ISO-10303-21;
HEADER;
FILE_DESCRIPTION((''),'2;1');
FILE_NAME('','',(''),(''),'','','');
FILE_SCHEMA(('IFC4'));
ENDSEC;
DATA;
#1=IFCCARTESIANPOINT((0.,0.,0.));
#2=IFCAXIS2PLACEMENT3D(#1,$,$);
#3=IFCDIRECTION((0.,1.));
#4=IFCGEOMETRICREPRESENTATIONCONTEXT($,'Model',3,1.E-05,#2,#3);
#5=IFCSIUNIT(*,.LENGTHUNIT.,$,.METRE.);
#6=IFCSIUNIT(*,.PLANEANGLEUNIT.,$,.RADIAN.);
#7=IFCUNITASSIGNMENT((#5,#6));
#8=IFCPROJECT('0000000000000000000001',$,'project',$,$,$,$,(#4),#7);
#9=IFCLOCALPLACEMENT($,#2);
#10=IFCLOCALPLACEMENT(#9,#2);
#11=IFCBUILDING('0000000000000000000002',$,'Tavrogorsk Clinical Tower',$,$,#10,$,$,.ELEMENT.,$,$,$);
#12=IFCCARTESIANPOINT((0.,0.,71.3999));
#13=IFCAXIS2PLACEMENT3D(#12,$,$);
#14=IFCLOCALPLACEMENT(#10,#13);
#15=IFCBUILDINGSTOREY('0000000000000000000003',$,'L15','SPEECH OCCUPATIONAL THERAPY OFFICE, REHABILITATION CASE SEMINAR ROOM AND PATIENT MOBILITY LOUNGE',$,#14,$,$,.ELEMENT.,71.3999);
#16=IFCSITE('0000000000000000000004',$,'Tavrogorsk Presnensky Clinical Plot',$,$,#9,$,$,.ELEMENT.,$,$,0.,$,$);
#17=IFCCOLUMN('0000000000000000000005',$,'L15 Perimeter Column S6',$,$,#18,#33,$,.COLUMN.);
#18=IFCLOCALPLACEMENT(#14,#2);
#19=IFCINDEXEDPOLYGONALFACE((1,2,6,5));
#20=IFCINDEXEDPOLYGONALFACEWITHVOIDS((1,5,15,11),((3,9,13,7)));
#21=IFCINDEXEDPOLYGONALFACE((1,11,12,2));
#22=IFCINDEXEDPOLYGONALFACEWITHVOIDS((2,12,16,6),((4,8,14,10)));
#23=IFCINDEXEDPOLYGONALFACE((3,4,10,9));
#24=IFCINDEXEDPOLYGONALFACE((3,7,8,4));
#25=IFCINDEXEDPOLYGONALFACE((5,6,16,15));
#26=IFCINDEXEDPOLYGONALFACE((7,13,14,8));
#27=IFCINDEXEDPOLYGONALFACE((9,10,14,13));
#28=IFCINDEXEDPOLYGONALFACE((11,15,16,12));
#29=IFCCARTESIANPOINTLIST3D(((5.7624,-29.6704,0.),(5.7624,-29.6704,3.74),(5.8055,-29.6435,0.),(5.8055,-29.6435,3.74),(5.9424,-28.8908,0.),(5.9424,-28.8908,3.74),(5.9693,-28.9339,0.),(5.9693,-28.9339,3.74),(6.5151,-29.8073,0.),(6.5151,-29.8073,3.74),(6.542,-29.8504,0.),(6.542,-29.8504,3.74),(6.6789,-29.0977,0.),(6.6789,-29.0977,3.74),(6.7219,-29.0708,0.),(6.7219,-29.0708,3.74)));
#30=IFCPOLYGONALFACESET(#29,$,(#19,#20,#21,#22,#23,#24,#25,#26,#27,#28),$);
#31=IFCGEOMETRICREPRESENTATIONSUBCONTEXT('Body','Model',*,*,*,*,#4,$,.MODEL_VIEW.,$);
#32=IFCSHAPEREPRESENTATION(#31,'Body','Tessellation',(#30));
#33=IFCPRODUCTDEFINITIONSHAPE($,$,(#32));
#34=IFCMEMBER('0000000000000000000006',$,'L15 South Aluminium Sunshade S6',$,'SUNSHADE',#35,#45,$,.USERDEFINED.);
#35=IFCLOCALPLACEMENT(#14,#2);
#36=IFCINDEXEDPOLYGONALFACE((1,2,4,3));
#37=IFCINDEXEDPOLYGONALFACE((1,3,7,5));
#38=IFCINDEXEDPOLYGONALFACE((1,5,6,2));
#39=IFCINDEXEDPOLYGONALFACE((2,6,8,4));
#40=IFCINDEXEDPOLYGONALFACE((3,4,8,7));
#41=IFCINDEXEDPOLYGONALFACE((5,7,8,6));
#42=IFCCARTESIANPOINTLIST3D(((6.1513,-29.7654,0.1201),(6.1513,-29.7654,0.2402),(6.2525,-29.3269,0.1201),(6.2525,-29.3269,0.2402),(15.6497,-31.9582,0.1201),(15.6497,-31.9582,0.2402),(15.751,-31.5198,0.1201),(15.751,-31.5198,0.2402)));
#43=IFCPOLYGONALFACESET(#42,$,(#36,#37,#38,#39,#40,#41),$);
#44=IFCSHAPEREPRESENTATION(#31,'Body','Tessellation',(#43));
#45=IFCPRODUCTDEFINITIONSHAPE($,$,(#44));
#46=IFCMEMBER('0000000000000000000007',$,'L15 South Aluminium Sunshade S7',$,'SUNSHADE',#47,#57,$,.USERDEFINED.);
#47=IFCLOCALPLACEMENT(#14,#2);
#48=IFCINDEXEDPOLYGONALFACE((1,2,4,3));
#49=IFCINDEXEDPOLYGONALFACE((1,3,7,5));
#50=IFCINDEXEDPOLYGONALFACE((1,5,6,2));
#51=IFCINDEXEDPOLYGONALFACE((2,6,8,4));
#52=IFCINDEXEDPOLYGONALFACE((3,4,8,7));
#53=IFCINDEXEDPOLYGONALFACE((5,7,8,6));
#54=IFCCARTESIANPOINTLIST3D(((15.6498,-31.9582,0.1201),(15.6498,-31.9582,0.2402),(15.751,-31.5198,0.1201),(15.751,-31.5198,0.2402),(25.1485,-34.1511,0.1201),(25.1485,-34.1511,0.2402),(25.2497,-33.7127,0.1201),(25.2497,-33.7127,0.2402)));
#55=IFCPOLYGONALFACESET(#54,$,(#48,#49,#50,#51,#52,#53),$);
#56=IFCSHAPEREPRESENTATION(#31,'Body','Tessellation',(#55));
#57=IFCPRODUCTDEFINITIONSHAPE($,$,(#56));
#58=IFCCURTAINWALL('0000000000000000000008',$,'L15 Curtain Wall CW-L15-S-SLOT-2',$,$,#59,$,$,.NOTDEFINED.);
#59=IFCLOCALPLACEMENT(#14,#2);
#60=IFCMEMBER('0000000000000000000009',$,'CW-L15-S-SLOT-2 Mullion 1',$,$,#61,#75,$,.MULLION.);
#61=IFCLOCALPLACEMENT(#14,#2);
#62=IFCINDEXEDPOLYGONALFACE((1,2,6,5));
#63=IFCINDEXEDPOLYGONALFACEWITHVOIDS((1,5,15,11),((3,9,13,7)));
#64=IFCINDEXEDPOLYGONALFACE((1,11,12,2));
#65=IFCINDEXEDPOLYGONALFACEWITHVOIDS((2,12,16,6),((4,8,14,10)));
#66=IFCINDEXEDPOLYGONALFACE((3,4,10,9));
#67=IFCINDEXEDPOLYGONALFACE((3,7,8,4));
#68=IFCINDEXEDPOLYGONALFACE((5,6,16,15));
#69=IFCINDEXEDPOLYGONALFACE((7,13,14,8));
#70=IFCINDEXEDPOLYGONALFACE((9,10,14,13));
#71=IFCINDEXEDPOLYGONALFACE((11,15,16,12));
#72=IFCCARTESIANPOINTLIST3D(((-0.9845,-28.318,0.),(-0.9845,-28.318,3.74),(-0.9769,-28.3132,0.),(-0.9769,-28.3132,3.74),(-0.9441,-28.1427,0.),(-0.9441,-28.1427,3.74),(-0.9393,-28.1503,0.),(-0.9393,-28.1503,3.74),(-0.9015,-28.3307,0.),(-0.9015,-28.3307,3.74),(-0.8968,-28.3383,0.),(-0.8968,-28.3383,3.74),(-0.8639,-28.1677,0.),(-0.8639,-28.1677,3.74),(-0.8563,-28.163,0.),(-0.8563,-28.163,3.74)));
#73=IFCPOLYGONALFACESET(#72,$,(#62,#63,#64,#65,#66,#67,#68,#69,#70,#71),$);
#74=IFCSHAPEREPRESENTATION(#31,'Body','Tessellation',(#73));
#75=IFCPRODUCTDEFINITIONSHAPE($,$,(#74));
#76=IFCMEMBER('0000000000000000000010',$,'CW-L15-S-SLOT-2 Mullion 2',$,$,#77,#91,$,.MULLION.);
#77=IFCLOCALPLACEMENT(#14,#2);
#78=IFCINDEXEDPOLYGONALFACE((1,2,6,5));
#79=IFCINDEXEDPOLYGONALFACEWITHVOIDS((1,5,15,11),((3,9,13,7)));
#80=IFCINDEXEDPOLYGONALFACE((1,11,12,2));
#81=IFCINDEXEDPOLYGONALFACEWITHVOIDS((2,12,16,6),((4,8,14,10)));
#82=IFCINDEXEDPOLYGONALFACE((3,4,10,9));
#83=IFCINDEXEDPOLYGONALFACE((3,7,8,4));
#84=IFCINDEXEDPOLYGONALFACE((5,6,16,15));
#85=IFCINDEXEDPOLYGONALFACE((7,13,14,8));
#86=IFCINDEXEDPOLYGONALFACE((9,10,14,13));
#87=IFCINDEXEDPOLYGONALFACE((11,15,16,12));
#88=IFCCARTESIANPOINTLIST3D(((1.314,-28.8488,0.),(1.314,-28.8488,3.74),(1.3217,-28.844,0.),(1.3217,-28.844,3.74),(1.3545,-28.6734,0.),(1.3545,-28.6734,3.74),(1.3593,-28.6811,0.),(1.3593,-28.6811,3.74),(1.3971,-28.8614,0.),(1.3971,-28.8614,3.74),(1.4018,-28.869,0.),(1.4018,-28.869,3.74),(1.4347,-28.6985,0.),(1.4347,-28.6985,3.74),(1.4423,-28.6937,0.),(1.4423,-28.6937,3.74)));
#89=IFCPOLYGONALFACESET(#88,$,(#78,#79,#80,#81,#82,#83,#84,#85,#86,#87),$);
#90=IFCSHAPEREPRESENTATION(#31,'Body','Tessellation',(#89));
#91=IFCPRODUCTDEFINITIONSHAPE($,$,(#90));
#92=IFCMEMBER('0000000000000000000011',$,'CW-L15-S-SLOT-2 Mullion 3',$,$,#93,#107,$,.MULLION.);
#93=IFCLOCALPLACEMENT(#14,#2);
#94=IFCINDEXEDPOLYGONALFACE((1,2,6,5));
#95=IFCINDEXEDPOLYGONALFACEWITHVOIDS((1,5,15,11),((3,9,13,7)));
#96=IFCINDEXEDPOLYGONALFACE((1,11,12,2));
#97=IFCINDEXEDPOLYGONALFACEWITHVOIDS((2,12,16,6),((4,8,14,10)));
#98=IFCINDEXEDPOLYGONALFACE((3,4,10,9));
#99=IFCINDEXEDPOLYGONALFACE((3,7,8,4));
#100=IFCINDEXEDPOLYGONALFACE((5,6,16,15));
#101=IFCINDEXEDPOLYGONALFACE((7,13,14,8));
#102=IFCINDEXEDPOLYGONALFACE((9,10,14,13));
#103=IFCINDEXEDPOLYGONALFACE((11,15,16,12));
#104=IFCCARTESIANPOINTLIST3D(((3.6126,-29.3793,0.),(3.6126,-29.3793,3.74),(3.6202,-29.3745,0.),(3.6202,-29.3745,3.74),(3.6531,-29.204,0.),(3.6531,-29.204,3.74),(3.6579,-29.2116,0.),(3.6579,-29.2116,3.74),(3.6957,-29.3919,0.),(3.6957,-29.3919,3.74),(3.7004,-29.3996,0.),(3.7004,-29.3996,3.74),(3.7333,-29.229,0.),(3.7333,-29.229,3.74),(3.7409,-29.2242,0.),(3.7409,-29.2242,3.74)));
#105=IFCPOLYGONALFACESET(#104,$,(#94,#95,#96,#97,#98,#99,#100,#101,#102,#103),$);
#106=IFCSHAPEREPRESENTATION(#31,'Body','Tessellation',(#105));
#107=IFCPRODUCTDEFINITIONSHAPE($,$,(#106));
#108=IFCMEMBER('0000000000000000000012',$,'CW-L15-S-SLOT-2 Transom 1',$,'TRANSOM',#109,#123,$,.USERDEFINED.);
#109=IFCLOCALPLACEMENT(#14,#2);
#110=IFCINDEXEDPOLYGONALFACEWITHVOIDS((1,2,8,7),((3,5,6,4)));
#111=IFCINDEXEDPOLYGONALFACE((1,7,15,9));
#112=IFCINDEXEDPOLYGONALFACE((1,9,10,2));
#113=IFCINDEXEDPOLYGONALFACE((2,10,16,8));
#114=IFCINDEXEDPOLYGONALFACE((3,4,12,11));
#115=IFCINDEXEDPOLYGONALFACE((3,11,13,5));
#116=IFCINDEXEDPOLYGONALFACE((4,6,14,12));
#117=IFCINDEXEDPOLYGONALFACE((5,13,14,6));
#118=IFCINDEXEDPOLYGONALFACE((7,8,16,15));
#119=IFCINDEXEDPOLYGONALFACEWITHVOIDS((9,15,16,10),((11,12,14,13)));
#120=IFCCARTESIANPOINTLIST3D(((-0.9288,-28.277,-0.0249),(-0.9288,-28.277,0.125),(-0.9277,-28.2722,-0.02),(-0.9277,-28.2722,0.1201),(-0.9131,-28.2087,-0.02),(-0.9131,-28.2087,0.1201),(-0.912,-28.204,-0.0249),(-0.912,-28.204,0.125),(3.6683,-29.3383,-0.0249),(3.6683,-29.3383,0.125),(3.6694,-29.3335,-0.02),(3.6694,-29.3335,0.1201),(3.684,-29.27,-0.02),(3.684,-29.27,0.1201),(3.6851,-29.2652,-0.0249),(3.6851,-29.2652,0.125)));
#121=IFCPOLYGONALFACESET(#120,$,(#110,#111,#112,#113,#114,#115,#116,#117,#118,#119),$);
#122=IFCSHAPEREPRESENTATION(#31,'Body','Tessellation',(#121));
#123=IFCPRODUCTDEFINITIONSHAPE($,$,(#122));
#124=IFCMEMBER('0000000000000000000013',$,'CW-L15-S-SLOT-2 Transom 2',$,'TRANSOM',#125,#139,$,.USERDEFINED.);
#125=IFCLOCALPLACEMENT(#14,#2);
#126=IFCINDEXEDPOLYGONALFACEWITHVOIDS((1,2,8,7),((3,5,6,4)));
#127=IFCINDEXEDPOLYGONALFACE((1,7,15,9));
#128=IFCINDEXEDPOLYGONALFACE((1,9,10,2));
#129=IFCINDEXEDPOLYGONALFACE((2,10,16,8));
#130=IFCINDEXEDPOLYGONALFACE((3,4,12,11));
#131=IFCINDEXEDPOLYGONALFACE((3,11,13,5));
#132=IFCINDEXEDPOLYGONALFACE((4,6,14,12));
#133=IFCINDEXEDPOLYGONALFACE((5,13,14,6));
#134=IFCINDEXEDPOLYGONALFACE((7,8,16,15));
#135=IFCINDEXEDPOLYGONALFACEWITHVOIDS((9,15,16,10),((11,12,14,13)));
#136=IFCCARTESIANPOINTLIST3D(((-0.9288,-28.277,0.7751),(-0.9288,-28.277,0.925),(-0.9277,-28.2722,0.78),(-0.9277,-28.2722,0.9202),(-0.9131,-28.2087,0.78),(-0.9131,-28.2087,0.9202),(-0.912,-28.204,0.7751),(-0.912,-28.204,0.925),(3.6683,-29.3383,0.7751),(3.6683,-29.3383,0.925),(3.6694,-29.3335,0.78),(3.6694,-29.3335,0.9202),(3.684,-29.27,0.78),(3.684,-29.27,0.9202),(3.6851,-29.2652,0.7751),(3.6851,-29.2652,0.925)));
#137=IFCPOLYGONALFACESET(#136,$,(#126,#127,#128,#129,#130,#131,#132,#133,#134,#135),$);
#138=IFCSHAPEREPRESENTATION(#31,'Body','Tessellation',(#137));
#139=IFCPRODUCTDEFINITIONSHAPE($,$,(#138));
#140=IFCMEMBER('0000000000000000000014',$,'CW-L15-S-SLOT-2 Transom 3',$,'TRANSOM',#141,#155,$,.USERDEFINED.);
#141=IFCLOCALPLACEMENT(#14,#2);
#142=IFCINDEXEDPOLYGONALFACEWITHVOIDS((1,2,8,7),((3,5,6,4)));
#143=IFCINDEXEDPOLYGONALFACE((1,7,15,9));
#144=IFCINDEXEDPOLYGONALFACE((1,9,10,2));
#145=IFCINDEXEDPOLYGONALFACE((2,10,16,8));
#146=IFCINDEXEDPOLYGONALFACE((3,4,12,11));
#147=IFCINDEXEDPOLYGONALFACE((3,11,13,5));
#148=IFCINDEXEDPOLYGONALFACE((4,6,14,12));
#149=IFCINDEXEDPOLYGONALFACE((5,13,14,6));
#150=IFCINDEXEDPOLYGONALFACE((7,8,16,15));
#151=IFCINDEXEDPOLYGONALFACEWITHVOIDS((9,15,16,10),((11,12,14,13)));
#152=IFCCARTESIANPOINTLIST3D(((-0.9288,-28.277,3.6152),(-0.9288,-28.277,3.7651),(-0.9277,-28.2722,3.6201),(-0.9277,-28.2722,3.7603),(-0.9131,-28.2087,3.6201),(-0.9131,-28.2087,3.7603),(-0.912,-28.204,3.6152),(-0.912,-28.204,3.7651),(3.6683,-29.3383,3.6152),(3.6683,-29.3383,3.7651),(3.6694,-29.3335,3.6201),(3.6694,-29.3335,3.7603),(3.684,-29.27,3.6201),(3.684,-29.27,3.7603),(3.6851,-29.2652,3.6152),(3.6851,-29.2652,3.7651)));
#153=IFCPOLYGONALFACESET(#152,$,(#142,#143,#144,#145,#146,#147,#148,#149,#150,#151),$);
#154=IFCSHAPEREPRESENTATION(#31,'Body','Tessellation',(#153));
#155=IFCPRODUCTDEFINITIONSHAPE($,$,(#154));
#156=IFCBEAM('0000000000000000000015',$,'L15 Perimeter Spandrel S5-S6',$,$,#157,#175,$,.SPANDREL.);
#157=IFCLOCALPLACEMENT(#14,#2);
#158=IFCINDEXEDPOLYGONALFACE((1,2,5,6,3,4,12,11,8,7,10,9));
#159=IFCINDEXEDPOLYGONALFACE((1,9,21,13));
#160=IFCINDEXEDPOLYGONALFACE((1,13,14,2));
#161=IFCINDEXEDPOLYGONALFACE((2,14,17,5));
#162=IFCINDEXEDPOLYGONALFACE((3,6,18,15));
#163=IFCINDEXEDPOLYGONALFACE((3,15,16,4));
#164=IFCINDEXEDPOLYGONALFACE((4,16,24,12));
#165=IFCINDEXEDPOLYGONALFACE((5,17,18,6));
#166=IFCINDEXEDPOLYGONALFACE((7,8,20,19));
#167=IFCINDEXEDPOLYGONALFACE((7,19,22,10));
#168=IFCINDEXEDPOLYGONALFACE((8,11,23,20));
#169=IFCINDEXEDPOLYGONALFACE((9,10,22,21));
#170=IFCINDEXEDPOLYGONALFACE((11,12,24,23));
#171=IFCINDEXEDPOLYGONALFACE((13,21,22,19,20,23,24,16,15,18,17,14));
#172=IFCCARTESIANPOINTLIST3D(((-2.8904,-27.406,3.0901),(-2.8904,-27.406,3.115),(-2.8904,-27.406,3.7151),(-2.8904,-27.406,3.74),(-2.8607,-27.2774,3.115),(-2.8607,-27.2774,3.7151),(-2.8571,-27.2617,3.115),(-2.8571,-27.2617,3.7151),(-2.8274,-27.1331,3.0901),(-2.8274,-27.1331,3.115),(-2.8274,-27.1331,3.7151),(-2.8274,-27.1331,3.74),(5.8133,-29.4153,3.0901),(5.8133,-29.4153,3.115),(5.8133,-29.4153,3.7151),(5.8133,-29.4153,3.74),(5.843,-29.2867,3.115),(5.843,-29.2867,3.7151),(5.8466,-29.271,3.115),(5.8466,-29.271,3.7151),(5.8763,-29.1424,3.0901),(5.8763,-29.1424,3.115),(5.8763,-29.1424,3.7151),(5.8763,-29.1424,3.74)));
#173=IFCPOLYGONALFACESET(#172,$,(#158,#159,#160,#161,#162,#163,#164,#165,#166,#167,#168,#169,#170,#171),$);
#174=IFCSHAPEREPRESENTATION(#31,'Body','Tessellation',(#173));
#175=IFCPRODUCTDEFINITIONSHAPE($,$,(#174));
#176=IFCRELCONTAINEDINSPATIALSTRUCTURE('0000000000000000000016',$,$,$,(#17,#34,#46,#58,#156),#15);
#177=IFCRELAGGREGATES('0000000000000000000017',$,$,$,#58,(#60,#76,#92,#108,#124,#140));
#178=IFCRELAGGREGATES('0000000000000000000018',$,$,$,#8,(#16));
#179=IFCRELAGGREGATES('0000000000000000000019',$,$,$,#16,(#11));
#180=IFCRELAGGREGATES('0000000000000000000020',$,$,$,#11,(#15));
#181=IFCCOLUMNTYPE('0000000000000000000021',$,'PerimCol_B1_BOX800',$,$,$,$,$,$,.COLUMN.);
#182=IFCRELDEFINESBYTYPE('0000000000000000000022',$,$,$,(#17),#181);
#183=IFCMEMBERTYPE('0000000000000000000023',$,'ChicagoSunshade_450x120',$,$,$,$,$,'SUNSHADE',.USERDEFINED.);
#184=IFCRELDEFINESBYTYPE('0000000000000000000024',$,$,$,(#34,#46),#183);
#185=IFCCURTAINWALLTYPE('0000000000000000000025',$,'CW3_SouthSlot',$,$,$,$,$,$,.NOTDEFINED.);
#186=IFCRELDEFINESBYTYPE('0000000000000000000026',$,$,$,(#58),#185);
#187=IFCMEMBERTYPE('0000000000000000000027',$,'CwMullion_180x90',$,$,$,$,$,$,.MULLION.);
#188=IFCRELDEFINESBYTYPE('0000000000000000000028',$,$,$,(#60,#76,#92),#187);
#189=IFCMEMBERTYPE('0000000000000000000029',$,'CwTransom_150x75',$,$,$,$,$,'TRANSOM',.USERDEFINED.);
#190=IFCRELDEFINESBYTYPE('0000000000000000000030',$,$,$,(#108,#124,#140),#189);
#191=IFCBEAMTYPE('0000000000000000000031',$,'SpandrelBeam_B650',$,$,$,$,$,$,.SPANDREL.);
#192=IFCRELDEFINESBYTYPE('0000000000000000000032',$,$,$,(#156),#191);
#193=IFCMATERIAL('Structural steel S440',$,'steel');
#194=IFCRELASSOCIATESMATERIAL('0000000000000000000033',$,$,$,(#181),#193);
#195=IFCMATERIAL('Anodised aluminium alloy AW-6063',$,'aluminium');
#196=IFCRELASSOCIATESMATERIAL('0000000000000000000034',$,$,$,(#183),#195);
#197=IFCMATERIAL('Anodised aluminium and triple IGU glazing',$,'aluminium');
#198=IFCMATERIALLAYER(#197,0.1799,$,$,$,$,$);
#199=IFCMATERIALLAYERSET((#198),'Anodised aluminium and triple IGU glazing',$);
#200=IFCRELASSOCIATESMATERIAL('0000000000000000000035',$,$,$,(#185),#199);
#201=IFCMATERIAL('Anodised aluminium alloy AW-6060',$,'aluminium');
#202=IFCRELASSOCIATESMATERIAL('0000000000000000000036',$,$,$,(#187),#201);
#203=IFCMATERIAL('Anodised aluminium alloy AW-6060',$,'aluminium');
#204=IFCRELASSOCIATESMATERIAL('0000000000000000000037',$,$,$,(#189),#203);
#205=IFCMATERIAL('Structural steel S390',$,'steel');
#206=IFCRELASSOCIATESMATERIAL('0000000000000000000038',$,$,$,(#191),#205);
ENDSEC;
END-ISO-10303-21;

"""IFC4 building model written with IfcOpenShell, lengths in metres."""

from ifc_helpers import new_model, si_unit, direction, frame, origin, origin_2d, place, context, subcontext, project, spatial, rectangle, hollow_rectangle, i_section, extrude, material, layer, layer_set, material_profile, profile_set, type_object, element, aggregate, save


model = new_model("IFC4")

# Units and contexts
model_context = context("Model", 3, precision=1e-05, world=origin(), true_north=direction((0.0, 1.0)))
body_context = subcontext(model_context, "Body", "Model", "MODEL_VIEW")
ifc_project = project(units=[si_unit("LENGTHUNIT", "METRE"), si_unit("PLANEANGLEUNIT", "RADIAN")], contexts=[model_context])

# Site, building, storey
site_placement = place(None, origin())
site = spatial("IfcSite", under=ifc_project, at=site_placement, Name="Tavrogorsk Presnensky Clinical Plot", CompositionType="ELEMENT", RefElevation=0.0)
building_placement = place(site_placement, origin())
building = spatial("IfcBuilding", under=site, at=building_placement, Name="Tavrogorsk Clinical Tower", CompositionType="ELEMENT")
storey_placement = place(building_placement, frame((0.0, 0.0, 71.3999)))
storey = spatial("IfcBuildingStorey", under=building, at=storey_placement, Name="L15", Description="SPEECH OCCUPATIONAL THERAPY OFFICE, REHABILITATION CASE SEMINAR ROOM AND PATIENT MOBILITY LOUNGE", CompositionType="ELEMENT", Elevation=71.3999)

# Column
ifc_material_1 = material(Name="Structural steel S440", Category="steel")
ifc_material_profile_1 = material_profile(ifc_material_1, hollow_rectangle(XDim=0.8, YDim=0.8, WallThickness=0.0359, at=origin_2d()), Name="BOX-800x800x36")
ifc_profile_set_1 = profile_set([ifc_material_profile_1], Name="Structural steel S440")
column_type = type_object("IfcColumnType", Name="PerimCol_B1_BOX800", PredefinedType="COLUMN", material=ifc_profile_set_1)
column_placement = place(storey_placement, frame((6.2422, -29.3706, 0.0), z_axis=(0.0, 0.0, 1.0), x_axis=(0.97437, -0.224951, 0.0)))
element("IfcColumn", 1, at=column_placement, inside=storey, type_object=column_type, Name="L15 Perimeter Column S6", PredefinedType="COLUMN", context=body_context, shape_type="SweptSolid", body=[
    extrude(hollow_rectangle(XDim=0.8, YDim=0.8, WallThickness=0.0359, at=origin_2d()), origin(), (0.0, 0.0, 1.0), 3.74),
])

# Members
ifc_material_2 = material(Name="Anodised aluminium alloy AW-6063", Category="aluminium")
ifc_material_profile_2 = material_profile(ifc_material_2, rectangle(XDim=0.45, YDim=0.1201, at=origin_2d()), Name="ALU-SUNSHADE-450x120")
ifc_profile_set_2 = profile_set([ifc_material_profile_2], Name="Anodised aluminium alloy AW-6063")
member_type_1 = type_object("IfcMemberType", Name="ChicagoSunshade_450x120", ElementType="SUNSHADE", PredefinedType="USERDEFINED", material=ifc_profile_set_2)
member_1_placement = place(storey_placement, frame((6.2019, -29.5461, 0.1802), z_axis=(0.974371, -0.224947, 0.0), x_axis=(0.224947, 0.974371, 0.0)))
element("IfcMember", 2, at=member_1_placement, inside=storey, type_object=member_type_1, Name="L15 South Aluminium Sunshade S6", ObjectType="SUNSHADE", PredefinedType="USERDEFINED", context=body_context, shape_type="SweptSolid", body=[
    extrude(rectangle(XDim=0.45, YDim=0.1201, at=origin_2d()), origin(), (0.0, 0.0, 1.0), 9.7483),
])
member_2_placement = place(storey_placement, frame((15.7004, -31.739, 0.1802), z_axis=(0.974372, -0.224942, 0.0), x_axis=(0.224942, 0.974372, 0.0)))
element("IfcMember", 3, at=member_2_placement, inside=storey, type_object=member_type_1, Name="L15 South Aluminium Sunshade S7", ObjectType="SUNSHADE", PredefinedType="USERDEFINED", context=body_context, shape_type="SweptSolid", body=[
    extrude(rectangle(XDim=0.45, YDim=0.1201, at=origin_2d()), origin(), (0.0, 0.0, 1.0), 9.7485),
])

# Curtain wall, members
ifc_material_3 = material(Name="Anodised aluminium and triple IGU glazing", Category="aluminium")
ifc_layer_1 = layer(ifc_material_3, 0.1799)
ifc_layer_set_1 = layer_set([ifc_layer_1], Name="Anodised aluminium and triple IGU glazing")
curtain_wall_type = type_object("IfcCurtainWallType", Name="CW3_SouthSlot", PredefinedType="NOTDEFINED", material=ifc_layer_set_1)
curtain_wall_placement = place(storey_placement, origin())
curtain_wall = element("IfcCurtainWall", 4, at=curtain_wall_placement, inside=storey, type_object=curtain_wall_type, Name="L15 Curtain Wall CW-L15-S-SLOT-2", PredefinedType="NOTDEFINED")
ifc_material_4 = material(Name="Anodised aluminium alloy AW-6060", Category="aluminium")
ifc_material_profile_3 = material_profile(ifc_material_4, hollow_rectangle(XDim=0.0901, YDim=0.1799, WallThickness=0.0063, at=origin_2d()), Name="RHS-180x90x6.3")
ifc_profile_set_3 = profile_set([ifc_material_profile_3], Name="Anodised aluminium alloy AW-6060")
member_type_2 = type_object("IfcMemberType", Name="CwMullion_180x90", PredefinedType="MULLION", material=ifc_profile_set_3)
member_3_placement = place(storey_placement, frame((-0.9204, -28.2405, 0.0), z_axis=(0.0, 0.0, 1.0), x_axis=(0.97437, -0.224951, 0.0)))
member_3 = element("IfcMember", 5, at=member_3_placement, type_object=member_type_2, Name="CW-L15-S-SLOT-2 Mullion 1", PredefinedType="MULLION", context=body_context, shape_type="SweptSolid", body=[
    extrude(hollow_rectangle(XDim=0.0901, YDim=0.1799, WallThickness=0.0063, at=origin_2d()), origin(), (0.0, 0.0, 1.0), 3.74),
])
member_4_placement = place(storey_placement, frame((1.3782, -28.7712, 0.0), z_axis=(0.0, 0.0, 1.0), x_axis=(0.97437, -0.224951, 0.0)))
member_4 = element("IfcMember", 6, at=member_4_placement, type_object=member_type_2, Name="CW-L15-S-SLOT-2 Mullion 2", PredefinedType="MULLION", context=body_context, shape_type="SweptSolid", body=[
    extrude(hollow_rectangle(XDim=0.0901, YDim=0.1799, WallThickness=0.0063, at=origin_2d()), origin(), (0.0, 0.0, 1.0), 3.74),
])
member_5_placement = place(storey_placement, frame((3.6768, -29.3018, 0.0), z_axis=(0.0, 0.0, 1.0), x_axis=(0.97437, -0.224951, 0.0)))
member_5 = element("IfcMember", 7, at=member_5_placement, type_object=member_type_2, Name="CW-L15-S-SLOT-2 Mullion 3", PredefinedType="MULLION", context=body_context, shape_type="SweptSolid", body=[
    extrude(hollow_rectangle(XDim=0.0901, YDim=0.1799, WallThickness=0.0063, at=origin_2d()), origin(), (0.0, 0.0, 1.0), 3.74),
])
ifc_material_5 = material(Name="Anodised aluminium alloy AW-6060", Category="aluminium")
ifc_material_profile_4 = material_profile(ifc_material_5, hollow_rectangle(XDim=0.075, YDim=0.1499, WallThickness=0.0049, at=origin_2d()), Name="RHS-150x75x5")
ifc_profile_set_4 = profile_set([ifc_material_profile_4], Name="Anodised aluminium alloy AW-6060")
member_type_3 = type_object("IfcMemberType", Name="CwTransom_150x75", ElementType="TRANSOM", PredefinedType="USERDEFINED", material=ifc_profile_set_4)
member_6_placement = place(storey_placement, frame((-0.9204, -28.2405, 0.05), z_axis=(0.974373, -0.224939, 0.0), x_axis=(0.224939, 0.974373, 0.0)))
member_6 = element("IfcMember", 8, at=member_6_placement, type_object=member_type_3, Name="CW-L15-S-SLOT-2 Transom 1", ObjectType="TRANSOM", PredefinedType="USERDEFINED", context=body_context, shape_type="SweptSolid", body=[
    extrude(hollow_rectangle(XDim=0.075, YDim=0.1499, WallThickness=0.0049, at=origin_2d()), origin(), (0.0, 0.0, 1.0), 4.718),
])
member_7_placement = place(storey_placement, frame((-0.9204, -28.2405, 0.8501), z_axis=(0.974373, -0.224939, 0.0), x_axis=(0.224939, 0.974373, 0.0)))
member_7 = element("IfcMember", 9, at=member_7_placement, type_object=member_type_3, Name="CW-L15-S-SLOT-2 Transom 2", ObjectType="TRANSOM", PredefinedType="USERDEFINED", context=body_context, shape_type="SweptSolid", body=[
    extrude(hollow_rectangle(XDim=0.075, YDim=0.1499, WallThickness=0.0049, at=origin_2d()), origin(), (0.0, 0.0, 1.0), 4.718),
])
member_8_placement = place(storey_placement, frame((-0.9204, -28.2405, 3.6902), z_axis=(0.974373, -0.224939, 0.0), x_axis=(0.224939, 0.974373, 0.0)))
member_8 = element("IfcMember", 10, at=member_8_placement, type_object=member_type_3, Name="CW-L15-S-SLOT-2 Transom 3", ObjectType="TRANSOM", PredefinedType="USERDEFINED", context=body_context, shape_type="SweptSolid", body=[
    extrude(hollow_rectangle(XDim=0.075, YDim=0.1499, WallThickness=0.0049, at=origin_2d()), origin(), (0.0, 0.0, 1.0), 4.718),
])

# Beam
ifc_material_6 = material(Name="Structural steel S390", Category="steel")
ifc_material_profile_5 = material_profile(ifc_material_6, i_section(OverallWidth=0.28, OverallDepth=0.6499, WebThickness=0.0161, FlangeThickness=0.0249, at=origin_2d()), Name="B-650x280x16x25")
ifc_profile_set_5 = profile_set([ifc_material_profile_5], Name="Structural steel S390")
beam_type = type_object("IfcBeamType", Name="SpandrelBeam_B650", PredefinedType="SPANDREL", material=ifc_profile_set_5)
for number, where, z_axis, x_axis, name in (
    (11, (-2.8589, -27.2695, 3.415), (0.974373, -0.224939, 0.0), (0.224939, 0.974373, 0.0), "L15 Perimeter Spandrel S5-S6"),
):
    element("IfcBeam", number, at=place(storey_placement, frame(where, z_axis=z_axis, x_axis=x_axis)), inside=storey, type_object=beam_type, Name=name, PredefinedType="SPANDREL", context=body_context, shape_type="SweptSolid", body=[
        extrude(i_section(OverallWidth=0.28, OverallDepth=0.6499, WebThickness=0.0161, FlangeThickness=0.0249, at=origin_2d()), origin(), (0.0, 0.0, 1.0), 8.9326),
    ])

aggregate(curtain_wall, [member_3, member_4, member_5, member_6, member_7, member_8])

save(model, "model.ifc")
